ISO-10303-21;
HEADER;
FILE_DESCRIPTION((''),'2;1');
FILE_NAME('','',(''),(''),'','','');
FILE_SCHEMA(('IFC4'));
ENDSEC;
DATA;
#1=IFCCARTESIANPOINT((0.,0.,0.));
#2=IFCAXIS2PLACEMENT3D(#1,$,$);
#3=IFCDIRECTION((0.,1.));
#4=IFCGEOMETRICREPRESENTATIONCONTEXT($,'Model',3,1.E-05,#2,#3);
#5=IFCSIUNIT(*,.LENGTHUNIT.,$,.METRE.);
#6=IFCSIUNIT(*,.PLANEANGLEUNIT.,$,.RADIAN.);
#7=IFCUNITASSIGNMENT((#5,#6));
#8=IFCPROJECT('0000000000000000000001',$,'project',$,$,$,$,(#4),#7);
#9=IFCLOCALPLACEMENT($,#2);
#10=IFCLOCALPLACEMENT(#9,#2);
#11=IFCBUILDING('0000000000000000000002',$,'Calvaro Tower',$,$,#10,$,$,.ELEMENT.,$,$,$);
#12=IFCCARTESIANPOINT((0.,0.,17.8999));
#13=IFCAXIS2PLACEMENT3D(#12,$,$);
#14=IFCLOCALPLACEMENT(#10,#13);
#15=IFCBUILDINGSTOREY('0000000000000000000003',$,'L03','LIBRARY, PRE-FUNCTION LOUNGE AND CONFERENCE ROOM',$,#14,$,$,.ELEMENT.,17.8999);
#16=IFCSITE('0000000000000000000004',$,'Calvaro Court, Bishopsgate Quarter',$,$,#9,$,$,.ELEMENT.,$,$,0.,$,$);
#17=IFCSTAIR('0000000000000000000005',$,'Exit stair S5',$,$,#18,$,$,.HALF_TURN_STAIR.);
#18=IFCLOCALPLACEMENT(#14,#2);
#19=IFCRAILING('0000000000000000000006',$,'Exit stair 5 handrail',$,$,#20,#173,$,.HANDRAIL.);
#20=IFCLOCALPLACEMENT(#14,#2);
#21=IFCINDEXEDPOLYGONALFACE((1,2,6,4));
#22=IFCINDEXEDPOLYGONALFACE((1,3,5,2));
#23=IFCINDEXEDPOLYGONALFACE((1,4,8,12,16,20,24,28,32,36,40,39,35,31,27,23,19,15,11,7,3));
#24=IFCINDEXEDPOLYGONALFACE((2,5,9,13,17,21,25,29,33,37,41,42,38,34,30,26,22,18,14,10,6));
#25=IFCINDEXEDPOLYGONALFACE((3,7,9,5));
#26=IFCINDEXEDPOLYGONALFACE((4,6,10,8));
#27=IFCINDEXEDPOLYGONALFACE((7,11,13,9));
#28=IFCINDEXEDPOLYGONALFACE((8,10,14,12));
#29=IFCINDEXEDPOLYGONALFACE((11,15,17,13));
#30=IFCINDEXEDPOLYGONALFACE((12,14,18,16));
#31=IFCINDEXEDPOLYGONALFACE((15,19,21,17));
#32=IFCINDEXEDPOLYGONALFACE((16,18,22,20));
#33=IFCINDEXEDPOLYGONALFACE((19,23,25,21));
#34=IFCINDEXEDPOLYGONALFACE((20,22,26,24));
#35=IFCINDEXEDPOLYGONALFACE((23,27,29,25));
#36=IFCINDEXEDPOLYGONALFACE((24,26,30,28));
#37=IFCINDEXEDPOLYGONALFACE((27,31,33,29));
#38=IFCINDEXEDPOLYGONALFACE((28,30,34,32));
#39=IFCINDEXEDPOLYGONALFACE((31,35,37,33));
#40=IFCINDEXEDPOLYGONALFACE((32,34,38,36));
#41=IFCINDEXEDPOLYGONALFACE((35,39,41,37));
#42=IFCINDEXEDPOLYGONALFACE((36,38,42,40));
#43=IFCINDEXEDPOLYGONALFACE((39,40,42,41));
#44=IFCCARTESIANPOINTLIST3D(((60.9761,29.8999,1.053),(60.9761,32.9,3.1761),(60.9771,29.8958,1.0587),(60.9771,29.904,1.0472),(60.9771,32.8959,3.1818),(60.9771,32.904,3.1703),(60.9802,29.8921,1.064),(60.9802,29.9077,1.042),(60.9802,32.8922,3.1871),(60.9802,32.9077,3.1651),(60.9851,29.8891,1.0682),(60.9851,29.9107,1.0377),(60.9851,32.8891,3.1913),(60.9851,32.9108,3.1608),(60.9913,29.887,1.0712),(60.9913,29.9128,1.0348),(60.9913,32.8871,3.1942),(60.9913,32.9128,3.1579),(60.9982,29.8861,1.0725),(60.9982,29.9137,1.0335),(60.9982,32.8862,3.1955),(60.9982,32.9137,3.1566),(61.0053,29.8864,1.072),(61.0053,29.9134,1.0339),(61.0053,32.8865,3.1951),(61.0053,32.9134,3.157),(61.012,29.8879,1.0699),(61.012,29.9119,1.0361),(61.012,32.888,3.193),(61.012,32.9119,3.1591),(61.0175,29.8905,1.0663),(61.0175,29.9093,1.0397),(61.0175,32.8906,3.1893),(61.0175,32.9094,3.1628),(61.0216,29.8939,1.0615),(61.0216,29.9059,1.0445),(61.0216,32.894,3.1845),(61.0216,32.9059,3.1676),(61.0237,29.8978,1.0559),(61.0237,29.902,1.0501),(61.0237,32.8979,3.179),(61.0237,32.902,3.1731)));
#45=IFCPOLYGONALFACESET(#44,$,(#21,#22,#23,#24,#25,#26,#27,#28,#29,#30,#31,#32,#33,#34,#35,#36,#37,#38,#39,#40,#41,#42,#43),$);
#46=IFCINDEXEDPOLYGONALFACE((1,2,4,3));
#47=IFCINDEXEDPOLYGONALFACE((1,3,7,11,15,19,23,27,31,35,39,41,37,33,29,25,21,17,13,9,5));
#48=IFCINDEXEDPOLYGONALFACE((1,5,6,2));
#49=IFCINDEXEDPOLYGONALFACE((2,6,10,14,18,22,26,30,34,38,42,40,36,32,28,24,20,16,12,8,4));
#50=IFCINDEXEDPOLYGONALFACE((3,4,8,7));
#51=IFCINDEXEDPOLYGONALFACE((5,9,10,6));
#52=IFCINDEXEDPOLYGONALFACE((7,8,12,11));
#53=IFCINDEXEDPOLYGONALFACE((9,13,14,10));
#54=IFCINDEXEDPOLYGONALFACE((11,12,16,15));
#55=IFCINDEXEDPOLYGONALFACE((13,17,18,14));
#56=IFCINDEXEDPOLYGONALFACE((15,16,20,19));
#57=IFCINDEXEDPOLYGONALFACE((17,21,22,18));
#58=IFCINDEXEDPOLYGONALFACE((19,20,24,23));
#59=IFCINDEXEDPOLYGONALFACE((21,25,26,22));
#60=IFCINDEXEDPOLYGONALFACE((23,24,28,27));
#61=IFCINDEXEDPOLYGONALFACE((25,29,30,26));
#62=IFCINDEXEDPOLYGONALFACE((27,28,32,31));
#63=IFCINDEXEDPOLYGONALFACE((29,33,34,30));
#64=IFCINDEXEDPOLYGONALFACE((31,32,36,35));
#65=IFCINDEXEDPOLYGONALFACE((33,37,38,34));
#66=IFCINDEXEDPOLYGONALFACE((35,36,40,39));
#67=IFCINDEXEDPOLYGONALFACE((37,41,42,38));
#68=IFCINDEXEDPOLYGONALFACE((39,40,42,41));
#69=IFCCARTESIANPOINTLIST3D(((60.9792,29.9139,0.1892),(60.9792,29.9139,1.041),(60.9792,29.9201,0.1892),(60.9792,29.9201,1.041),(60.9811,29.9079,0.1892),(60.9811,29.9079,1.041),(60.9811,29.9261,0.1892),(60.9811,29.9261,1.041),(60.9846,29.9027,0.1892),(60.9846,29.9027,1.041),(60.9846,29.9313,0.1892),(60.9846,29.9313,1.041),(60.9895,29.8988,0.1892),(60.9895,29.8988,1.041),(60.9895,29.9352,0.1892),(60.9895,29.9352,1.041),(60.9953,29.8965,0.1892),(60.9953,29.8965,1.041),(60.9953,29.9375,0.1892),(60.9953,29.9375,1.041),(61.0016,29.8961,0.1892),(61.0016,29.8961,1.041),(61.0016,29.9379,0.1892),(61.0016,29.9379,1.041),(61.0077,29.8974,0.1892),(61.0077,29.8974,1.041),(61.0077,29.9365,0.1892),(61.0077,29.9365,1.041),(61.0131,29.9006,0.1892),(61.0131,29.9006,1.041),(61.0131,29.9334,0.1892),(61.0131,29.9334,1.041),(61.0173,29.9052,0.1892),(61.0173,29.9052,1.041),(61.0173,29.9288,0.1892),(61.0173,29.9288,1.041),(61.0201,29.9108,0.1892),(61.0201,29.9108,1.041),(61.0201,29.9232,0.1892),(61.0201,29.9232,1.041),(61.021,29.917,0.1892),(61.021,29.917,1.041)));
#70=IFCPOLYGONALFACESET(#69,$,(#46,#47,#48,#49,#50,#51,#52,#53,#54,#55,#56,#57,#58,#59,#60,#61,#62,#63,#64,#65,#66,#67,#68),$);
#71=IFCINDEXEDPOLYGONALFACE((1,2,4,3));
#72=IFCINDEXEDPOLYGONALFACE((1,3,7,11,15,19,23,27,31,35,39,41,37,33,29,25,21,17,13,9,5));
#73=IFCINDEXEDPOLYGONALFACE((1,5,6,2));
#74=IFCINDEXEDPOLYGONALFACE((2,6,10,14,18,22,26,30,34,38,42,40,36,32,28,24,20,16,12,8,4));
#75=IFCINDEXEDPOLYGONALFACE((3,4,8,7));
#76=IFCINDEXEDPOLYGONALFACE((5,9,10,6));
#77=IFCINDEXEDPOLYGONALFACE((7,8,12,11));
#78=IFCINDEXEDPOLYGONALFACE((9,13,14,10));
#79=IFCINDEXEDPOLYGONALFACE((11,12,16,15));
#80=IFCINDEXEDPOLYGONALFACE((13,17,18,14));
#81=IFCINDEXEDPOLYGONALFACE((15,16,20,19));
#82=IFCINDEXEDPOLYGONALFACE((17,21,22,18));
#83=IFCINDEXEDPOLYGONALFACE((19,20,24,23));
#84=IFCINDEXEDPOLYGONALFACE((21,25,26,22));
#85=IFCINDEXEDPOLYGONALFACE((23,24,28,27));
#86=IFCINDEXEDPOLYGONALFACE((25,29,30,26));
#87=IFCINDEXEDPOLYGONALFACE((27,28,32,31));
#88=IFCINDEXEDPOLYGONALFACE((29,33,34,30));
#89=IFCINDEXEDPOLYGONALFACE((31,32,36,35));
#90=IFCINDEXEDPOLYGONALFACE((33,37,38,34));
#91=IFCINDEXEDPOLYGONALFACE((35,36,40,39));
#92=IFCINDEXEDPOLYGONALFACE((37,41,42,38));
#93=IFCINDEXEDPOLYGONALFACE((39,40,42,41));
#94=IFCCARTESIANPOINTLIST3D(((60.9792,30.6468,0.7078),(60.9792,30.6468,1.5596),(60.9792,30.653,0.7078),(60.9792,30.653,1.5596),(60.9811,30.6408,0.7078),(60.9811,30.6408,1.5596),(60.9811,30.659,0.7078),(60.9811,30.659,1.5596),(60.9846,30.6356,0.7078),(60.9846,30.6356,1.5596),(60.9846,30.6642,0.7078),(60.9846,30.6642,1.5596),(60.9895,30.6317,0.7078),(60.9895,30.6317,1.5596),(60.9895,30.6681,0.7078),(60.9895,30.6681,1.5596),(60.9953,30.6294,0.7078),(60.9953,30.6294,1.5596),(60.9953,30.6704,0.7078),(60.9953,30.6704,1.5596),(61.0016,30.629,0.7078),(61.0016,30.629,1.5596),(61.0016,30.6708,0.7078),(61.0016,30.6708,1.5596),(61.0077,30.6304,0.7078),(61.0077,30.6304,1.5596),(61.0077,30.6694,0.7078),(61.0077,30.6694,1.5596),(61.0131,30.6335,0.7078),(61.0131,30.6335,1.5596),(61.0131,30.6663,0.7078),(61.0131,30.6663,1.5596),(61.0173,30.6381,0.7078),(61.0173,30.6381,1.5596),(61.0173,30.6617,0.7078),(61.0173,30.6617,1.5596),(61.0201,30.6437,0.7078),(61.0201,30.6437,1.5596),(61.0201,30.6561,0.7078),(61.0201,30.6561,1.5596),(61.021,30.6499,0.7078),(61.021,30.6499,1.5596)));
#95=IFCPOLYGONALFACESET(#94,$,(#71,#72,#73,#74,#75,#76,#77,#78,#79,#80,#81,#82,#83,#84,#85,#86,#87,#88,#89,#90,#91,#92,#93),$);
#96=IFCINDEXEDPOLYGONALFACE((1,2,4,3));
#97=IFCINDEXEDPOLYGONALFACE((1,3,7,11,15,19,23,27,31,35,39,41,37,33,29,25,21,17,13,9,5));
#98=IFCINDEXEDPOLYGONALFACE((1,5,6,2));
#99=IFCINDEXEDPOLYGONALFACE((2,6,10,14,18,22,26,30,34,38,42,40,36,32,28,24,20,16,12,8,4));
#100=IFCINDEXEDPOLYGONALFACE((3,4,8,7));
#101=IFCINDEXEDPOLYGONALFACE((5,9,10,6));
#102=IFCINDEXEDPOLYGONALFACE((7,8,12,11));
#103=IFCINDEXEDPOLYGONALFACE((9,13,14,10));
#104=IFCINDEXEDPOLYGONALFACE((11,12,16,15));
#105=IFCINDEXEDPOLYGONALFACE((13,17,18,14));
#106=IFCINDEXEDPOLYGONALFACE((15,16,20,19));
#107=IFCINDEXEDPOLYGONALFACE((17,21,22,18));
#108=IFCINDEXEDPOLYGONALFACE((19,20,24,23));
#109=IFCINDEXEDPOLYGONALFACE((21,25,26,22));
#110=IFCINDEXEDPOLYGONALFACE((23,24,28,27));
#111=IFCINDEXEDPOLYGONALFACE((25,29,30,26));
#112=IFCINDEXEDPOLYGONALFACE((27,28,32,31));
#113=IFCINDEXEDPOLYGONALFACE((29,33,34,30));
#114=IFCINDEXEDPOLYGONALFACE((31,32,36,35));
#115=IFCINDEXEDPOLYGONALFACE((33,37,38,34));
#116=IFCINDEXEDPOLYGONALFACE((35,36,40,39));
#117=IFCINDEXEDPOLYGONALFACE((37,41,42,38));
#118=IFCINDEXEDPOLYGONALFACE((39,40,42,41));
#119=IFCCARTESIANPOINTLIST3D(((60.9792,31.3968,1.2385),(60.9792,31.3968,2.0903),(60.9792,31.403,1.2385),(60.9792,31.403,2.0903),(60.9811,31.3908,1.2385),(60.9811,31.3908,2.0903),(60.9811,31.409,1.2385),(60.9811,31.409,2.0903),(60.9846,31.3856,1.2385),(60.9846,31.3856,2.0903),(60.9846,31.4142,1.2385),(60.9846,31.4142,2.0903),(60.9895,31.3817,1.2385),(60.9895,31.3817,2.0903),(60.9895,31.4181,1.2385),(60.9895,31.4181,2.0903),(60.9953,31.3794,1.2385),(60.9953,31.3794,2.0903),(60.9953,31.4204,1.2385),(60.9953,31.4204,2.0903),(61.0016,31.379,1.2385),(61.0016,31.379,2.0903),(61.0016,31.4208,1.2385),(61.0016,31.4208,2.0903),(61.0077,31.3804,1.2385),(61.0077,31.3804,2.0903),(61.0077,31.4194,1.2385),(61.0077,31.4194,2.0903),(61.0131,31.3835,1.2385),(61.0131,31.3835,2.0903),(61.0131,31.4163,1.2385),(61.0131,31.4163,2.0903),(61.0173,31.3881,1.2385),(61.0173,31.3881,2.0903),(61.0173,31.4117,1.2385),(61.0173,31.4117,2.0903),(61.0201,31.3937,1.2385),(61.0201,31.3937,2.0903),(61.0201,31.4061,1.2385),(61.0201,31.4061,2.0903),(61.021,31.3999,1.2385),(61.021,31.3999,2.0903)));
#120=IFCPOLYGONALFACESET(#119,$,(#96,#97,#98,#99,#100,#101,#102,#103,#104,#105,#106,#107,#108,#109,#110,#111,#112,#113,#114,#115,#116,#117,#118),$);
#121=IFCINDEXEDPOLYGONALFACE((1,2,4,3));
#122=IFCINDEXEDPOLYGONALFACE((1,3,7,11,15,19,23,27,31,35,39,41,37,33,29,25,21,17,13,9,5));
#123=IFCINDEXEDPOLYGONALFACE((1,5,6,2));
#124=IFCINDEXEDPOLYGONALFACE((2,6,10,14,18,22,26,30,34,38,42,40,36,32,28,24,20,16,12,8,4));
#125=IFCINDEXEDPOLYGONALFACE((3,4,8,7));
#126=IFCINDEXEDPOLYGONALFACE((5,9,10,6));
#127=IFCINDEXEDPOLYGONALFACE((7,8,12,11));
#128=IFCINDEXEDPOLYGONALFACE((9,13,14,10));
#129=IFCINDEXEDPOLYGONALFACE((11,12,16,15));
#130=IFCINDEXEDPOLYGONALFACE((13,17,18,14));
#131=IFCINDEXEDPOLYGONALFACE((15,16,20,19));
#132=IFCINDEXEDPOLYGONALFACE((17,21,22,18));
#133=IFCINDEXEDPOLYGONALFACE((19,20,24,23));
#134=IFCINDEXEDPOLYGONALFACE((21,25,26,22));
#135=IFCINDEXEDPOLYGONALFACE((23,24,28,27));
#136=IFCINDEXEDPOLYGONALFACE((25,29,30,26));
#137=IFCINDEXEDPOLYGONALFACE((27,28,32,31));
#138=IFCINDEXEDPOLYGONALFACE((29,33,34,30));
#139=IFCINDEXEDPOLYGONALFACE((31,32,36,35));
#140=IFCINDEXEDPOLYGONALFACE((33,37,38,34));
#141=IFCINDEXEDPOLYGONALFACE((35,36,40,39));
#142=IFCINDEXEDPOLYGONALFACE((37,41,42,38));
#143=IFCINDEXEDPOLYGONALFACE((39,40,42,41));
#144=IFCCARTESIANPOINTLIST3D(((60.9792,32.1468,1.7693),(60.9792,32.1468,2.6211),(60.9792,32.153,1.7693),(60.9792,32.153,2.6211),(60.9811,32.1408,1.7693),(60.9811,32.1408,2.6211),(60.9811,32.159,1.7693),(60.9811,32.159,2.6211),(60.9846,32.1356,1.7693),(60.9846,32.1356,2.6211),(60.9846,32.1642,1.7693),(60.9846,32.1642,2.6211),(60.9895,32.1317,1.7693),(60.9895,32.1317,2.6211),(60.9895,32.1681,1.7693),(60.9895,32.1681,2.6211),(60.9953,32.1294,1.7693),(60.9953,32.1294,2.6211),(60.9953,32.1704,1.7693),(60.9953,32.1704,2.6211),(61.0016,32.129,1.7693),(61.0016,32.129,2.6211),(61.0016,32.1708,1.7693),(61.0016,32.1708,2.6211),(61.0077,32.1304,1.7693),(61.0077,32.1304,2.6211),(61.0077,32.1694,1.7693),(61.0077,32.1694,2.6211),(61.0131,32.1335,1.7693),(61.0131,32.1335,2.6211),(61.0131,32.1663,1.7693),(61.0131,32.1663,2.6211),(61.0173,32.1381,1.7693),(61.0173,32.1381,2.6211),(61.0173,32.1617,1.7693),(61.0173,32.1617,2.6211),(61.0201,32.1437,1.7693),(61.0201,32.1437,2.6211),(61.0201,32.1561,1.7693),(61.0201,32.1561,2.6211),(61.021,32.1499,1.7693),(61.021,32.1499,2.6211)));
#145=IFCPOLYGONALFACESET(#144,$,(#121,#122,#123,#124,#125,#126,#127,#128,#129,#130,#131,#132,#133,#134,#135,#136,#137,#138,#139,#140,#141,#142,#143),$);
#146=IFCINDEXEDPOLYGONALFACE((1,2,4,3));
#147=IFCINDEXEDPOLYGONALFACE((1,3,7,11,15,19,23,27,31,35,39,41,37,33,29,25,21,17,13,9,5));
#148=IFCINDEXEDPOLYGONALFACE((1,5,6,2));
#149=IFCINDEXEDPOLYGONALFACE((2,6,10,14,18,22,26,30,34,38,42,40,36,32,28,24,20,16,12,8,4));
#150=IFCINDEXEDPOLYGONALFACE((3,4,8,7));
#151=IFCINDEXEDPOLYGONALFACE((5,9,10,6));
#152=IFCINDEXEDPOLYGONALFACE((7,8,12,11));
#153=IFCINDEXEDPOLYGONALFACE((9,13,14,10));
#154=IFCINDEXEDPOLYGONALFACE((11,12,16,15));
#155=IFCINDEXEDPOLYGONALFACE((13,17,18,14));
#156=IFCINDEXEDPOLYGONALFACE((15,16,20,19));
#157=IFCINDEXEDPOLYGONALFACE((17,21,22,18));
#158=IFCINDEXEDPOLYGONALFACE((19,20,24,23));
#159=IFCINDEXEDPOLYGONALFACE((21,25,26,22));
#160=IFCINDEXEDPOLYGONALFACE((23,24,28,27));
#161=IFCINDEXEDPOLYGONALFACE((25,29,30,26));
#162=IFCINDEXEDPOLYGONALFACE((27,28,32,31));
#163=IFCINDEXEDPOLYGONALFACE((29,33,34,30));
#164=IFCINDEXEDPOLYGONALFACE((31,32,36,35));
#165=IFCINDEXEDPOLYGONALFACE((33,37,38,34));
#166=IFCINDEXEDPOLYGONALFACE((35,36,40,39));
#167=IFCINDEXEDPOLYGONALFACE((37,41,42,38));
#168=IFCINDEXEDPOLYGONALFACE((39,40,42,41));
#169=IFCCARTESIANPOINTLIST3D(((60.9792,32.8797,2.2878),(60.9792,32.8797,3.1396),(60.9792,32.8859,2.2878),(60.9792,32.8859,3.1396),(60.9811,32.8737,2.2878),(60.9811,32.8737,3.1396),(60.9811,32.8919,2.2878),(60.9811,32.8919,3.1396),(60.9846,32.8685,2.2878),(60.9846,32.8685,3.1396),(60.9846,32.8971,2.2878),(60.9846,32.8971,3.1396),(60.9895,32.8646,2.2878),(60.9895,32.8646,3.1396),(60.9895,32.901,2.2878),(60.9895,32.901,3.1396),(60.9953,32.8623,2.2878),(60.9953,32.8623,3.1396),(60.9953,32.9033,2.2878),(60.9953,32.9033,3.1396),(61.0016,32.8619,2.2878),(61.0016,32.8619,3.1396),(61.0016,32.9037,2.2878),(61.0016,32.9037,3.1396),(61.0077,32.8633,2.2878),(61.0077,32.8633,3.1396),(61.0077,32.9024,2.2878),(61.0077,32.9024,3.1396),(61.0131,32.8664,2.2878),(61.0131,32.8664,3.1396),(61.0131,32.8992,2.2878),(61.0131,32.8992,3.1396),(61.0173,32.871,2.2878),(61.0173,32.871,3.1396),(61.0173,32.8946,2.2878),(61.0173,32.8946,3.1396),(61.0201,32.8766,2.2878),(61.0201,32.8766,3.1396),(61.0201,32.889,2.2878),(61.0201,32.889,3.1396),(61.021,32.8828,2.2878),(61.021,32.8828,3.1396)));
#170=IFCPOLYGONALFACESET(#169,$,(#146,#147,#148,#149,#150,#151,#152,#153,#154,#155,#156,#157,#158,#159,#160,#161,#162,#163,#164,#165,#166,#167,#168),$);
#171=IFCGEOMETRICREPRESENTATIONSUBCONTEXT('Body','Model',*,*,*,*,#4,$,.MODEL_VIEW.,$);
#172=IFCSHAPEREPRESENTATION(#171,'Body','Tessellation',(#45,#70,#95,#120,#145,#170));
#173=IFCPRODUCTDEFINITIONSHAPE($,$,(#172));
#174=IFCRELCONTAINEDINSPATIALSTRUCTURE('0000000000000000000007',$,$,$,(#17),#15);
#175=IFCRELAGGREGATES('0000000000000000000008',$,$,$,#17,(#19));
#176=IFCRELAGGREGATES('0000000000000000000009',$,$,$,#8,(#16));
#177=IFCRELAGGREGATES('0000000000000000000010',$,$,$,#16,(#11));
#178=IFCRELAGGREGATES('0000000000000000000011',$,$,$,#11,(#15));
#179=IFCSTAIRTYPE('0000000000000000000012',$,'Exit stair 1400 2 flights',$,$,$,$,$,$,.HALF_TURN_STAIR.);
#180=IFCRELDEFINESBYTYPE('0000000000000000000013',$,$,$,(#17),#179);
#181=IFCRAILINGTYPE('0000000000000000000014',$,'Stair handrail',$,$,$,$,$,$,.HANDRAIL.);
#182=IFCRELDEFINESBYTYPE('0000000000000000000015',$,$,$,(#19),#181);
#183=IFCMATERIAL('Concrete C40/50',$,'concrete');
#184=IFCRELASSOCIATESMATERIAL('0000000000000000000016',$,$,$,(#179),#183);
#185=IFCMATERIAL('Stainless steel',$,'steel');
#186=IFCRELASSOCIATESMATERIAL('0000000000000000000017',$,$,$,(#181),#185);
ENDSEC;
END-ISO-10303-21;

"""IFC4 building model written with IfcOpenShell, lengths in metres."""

from ifc_helpers import new_model, si_unit, direction, frame, origin, origin_2d, place, context, subcontext, project, spatial, circle, extrude, material, type_object, element, aggregate, save


model = new_model("IFC4")

# Units and contexts
model_context = context("Model", 3, precision=1e-05, world=origin(), true_north=direction((0.0, 1.0)))
body_context = subcontext(model_context, "Body", "Model", "MODEL_VIEW")
ifc_project = project(units=[si_unit("LENGTHUNIT", "METRE"), si_unit("PLANEANGLEUNIT", "RADIAN")], contexts=[model_context])

# Site, building, storey
site_placement = place(None, origin())
site = spatial("IfcSite", under=ifc_project, at=site_placement, Name="Calvaro Court, Bishopsgate Quarter", CompositionType="ELEMENT", RefElevation=0.0)
building_placement = place(site_placement, origin())
building = spatial("IfcBuilding", under=site, at=building_placement, Name="Calvaro Tower", CompositionType="ELEMENT")
storey_placement = place(building_placement, frame((0.0, 0.0, 17.8999)))
storey = spatial("IfcBuildingStorey", under=building, at=storey_placement, Name="L03", Description="LIBRARY, PRE-FUNCTION LOUNGE AND CONFERENCE ROOM", CompositionType="ELEMENT", Elevation=17.8999)

# Stair, railing
ifc_material_1 = material(Name="Concrete C40/50", Category="concrete")
stair_type = type_object("IfcStairType", Name="Exit stair 1400 2 flights", PredefinedType="HALF_TURN_STAIR", material=ifc_material_1)
stair_placement = place(storey_placement, origin())
stair = element("IfcStair", 1, at=stair_placement, inside=storey, type_object=stair_type, Name="Exit stair S5", PredefinedType="HALF_TURN_STAIR")
ifc_material_2 = material(Name="Stainless steel", Category="steel")
railing_type_1 = type_object("IfcRailingType", Name="Stair handrail", PredefinedType="HANDRAIL", material=ifc_material_2)
railing_1_placement = place(storey_placement, frame((61.0, 29.8999, 0.177)))
railing_1 = element("IfcRailing", 2, at=railing_1_placement, type_object=railing_type_1, Name="Exit stair 5 handrail", PredefinedType="HANDRAIL", context=body_context, shape_type="SweptSolid", body=[
    extrude(circle(Radius=0.0239, at=origin_2d()), frame((0.0, 0.0, 0.876), z_axis=(0.0, 0.816275, 0.577663), x_axis=(-1.0, 0.0, 0.0)), (0.0, 0.0, 1.0), 3.6753),
    extrude(circle(Radius=0.021, at=origin_2d()), frame((0.0, 0.0171, 0.0122)), (0.0, 0.0, 1.0), 0.8518),
    extrude(circle(Radius=0.021, at=origin_2d()), frame((0.0, 0.75, 0.5308)), (0.0, 0.0, 1.0), 0.8518),
    extrude(circle(Radius=0.021, at=origin_2d()), frame((0.0, 1.5, 1.0615)), (0.0, 0.0, 1.0), 0.8518),
    extrude(circle(Radius=0.021, at=origin_2d()), frame((0.0, 2.25, 1.5923)), (0.0, 0.0, 1.0), 0.8518),
    extrude(circle(Radius=0.021, at=origin_2d()), frame((0.0, 2.9829, 2.1108)), (0.0, 0.0, 1.0), 0.8518),
])
aggregate(stair, [railing_1])

save(model, "model.ifc")
